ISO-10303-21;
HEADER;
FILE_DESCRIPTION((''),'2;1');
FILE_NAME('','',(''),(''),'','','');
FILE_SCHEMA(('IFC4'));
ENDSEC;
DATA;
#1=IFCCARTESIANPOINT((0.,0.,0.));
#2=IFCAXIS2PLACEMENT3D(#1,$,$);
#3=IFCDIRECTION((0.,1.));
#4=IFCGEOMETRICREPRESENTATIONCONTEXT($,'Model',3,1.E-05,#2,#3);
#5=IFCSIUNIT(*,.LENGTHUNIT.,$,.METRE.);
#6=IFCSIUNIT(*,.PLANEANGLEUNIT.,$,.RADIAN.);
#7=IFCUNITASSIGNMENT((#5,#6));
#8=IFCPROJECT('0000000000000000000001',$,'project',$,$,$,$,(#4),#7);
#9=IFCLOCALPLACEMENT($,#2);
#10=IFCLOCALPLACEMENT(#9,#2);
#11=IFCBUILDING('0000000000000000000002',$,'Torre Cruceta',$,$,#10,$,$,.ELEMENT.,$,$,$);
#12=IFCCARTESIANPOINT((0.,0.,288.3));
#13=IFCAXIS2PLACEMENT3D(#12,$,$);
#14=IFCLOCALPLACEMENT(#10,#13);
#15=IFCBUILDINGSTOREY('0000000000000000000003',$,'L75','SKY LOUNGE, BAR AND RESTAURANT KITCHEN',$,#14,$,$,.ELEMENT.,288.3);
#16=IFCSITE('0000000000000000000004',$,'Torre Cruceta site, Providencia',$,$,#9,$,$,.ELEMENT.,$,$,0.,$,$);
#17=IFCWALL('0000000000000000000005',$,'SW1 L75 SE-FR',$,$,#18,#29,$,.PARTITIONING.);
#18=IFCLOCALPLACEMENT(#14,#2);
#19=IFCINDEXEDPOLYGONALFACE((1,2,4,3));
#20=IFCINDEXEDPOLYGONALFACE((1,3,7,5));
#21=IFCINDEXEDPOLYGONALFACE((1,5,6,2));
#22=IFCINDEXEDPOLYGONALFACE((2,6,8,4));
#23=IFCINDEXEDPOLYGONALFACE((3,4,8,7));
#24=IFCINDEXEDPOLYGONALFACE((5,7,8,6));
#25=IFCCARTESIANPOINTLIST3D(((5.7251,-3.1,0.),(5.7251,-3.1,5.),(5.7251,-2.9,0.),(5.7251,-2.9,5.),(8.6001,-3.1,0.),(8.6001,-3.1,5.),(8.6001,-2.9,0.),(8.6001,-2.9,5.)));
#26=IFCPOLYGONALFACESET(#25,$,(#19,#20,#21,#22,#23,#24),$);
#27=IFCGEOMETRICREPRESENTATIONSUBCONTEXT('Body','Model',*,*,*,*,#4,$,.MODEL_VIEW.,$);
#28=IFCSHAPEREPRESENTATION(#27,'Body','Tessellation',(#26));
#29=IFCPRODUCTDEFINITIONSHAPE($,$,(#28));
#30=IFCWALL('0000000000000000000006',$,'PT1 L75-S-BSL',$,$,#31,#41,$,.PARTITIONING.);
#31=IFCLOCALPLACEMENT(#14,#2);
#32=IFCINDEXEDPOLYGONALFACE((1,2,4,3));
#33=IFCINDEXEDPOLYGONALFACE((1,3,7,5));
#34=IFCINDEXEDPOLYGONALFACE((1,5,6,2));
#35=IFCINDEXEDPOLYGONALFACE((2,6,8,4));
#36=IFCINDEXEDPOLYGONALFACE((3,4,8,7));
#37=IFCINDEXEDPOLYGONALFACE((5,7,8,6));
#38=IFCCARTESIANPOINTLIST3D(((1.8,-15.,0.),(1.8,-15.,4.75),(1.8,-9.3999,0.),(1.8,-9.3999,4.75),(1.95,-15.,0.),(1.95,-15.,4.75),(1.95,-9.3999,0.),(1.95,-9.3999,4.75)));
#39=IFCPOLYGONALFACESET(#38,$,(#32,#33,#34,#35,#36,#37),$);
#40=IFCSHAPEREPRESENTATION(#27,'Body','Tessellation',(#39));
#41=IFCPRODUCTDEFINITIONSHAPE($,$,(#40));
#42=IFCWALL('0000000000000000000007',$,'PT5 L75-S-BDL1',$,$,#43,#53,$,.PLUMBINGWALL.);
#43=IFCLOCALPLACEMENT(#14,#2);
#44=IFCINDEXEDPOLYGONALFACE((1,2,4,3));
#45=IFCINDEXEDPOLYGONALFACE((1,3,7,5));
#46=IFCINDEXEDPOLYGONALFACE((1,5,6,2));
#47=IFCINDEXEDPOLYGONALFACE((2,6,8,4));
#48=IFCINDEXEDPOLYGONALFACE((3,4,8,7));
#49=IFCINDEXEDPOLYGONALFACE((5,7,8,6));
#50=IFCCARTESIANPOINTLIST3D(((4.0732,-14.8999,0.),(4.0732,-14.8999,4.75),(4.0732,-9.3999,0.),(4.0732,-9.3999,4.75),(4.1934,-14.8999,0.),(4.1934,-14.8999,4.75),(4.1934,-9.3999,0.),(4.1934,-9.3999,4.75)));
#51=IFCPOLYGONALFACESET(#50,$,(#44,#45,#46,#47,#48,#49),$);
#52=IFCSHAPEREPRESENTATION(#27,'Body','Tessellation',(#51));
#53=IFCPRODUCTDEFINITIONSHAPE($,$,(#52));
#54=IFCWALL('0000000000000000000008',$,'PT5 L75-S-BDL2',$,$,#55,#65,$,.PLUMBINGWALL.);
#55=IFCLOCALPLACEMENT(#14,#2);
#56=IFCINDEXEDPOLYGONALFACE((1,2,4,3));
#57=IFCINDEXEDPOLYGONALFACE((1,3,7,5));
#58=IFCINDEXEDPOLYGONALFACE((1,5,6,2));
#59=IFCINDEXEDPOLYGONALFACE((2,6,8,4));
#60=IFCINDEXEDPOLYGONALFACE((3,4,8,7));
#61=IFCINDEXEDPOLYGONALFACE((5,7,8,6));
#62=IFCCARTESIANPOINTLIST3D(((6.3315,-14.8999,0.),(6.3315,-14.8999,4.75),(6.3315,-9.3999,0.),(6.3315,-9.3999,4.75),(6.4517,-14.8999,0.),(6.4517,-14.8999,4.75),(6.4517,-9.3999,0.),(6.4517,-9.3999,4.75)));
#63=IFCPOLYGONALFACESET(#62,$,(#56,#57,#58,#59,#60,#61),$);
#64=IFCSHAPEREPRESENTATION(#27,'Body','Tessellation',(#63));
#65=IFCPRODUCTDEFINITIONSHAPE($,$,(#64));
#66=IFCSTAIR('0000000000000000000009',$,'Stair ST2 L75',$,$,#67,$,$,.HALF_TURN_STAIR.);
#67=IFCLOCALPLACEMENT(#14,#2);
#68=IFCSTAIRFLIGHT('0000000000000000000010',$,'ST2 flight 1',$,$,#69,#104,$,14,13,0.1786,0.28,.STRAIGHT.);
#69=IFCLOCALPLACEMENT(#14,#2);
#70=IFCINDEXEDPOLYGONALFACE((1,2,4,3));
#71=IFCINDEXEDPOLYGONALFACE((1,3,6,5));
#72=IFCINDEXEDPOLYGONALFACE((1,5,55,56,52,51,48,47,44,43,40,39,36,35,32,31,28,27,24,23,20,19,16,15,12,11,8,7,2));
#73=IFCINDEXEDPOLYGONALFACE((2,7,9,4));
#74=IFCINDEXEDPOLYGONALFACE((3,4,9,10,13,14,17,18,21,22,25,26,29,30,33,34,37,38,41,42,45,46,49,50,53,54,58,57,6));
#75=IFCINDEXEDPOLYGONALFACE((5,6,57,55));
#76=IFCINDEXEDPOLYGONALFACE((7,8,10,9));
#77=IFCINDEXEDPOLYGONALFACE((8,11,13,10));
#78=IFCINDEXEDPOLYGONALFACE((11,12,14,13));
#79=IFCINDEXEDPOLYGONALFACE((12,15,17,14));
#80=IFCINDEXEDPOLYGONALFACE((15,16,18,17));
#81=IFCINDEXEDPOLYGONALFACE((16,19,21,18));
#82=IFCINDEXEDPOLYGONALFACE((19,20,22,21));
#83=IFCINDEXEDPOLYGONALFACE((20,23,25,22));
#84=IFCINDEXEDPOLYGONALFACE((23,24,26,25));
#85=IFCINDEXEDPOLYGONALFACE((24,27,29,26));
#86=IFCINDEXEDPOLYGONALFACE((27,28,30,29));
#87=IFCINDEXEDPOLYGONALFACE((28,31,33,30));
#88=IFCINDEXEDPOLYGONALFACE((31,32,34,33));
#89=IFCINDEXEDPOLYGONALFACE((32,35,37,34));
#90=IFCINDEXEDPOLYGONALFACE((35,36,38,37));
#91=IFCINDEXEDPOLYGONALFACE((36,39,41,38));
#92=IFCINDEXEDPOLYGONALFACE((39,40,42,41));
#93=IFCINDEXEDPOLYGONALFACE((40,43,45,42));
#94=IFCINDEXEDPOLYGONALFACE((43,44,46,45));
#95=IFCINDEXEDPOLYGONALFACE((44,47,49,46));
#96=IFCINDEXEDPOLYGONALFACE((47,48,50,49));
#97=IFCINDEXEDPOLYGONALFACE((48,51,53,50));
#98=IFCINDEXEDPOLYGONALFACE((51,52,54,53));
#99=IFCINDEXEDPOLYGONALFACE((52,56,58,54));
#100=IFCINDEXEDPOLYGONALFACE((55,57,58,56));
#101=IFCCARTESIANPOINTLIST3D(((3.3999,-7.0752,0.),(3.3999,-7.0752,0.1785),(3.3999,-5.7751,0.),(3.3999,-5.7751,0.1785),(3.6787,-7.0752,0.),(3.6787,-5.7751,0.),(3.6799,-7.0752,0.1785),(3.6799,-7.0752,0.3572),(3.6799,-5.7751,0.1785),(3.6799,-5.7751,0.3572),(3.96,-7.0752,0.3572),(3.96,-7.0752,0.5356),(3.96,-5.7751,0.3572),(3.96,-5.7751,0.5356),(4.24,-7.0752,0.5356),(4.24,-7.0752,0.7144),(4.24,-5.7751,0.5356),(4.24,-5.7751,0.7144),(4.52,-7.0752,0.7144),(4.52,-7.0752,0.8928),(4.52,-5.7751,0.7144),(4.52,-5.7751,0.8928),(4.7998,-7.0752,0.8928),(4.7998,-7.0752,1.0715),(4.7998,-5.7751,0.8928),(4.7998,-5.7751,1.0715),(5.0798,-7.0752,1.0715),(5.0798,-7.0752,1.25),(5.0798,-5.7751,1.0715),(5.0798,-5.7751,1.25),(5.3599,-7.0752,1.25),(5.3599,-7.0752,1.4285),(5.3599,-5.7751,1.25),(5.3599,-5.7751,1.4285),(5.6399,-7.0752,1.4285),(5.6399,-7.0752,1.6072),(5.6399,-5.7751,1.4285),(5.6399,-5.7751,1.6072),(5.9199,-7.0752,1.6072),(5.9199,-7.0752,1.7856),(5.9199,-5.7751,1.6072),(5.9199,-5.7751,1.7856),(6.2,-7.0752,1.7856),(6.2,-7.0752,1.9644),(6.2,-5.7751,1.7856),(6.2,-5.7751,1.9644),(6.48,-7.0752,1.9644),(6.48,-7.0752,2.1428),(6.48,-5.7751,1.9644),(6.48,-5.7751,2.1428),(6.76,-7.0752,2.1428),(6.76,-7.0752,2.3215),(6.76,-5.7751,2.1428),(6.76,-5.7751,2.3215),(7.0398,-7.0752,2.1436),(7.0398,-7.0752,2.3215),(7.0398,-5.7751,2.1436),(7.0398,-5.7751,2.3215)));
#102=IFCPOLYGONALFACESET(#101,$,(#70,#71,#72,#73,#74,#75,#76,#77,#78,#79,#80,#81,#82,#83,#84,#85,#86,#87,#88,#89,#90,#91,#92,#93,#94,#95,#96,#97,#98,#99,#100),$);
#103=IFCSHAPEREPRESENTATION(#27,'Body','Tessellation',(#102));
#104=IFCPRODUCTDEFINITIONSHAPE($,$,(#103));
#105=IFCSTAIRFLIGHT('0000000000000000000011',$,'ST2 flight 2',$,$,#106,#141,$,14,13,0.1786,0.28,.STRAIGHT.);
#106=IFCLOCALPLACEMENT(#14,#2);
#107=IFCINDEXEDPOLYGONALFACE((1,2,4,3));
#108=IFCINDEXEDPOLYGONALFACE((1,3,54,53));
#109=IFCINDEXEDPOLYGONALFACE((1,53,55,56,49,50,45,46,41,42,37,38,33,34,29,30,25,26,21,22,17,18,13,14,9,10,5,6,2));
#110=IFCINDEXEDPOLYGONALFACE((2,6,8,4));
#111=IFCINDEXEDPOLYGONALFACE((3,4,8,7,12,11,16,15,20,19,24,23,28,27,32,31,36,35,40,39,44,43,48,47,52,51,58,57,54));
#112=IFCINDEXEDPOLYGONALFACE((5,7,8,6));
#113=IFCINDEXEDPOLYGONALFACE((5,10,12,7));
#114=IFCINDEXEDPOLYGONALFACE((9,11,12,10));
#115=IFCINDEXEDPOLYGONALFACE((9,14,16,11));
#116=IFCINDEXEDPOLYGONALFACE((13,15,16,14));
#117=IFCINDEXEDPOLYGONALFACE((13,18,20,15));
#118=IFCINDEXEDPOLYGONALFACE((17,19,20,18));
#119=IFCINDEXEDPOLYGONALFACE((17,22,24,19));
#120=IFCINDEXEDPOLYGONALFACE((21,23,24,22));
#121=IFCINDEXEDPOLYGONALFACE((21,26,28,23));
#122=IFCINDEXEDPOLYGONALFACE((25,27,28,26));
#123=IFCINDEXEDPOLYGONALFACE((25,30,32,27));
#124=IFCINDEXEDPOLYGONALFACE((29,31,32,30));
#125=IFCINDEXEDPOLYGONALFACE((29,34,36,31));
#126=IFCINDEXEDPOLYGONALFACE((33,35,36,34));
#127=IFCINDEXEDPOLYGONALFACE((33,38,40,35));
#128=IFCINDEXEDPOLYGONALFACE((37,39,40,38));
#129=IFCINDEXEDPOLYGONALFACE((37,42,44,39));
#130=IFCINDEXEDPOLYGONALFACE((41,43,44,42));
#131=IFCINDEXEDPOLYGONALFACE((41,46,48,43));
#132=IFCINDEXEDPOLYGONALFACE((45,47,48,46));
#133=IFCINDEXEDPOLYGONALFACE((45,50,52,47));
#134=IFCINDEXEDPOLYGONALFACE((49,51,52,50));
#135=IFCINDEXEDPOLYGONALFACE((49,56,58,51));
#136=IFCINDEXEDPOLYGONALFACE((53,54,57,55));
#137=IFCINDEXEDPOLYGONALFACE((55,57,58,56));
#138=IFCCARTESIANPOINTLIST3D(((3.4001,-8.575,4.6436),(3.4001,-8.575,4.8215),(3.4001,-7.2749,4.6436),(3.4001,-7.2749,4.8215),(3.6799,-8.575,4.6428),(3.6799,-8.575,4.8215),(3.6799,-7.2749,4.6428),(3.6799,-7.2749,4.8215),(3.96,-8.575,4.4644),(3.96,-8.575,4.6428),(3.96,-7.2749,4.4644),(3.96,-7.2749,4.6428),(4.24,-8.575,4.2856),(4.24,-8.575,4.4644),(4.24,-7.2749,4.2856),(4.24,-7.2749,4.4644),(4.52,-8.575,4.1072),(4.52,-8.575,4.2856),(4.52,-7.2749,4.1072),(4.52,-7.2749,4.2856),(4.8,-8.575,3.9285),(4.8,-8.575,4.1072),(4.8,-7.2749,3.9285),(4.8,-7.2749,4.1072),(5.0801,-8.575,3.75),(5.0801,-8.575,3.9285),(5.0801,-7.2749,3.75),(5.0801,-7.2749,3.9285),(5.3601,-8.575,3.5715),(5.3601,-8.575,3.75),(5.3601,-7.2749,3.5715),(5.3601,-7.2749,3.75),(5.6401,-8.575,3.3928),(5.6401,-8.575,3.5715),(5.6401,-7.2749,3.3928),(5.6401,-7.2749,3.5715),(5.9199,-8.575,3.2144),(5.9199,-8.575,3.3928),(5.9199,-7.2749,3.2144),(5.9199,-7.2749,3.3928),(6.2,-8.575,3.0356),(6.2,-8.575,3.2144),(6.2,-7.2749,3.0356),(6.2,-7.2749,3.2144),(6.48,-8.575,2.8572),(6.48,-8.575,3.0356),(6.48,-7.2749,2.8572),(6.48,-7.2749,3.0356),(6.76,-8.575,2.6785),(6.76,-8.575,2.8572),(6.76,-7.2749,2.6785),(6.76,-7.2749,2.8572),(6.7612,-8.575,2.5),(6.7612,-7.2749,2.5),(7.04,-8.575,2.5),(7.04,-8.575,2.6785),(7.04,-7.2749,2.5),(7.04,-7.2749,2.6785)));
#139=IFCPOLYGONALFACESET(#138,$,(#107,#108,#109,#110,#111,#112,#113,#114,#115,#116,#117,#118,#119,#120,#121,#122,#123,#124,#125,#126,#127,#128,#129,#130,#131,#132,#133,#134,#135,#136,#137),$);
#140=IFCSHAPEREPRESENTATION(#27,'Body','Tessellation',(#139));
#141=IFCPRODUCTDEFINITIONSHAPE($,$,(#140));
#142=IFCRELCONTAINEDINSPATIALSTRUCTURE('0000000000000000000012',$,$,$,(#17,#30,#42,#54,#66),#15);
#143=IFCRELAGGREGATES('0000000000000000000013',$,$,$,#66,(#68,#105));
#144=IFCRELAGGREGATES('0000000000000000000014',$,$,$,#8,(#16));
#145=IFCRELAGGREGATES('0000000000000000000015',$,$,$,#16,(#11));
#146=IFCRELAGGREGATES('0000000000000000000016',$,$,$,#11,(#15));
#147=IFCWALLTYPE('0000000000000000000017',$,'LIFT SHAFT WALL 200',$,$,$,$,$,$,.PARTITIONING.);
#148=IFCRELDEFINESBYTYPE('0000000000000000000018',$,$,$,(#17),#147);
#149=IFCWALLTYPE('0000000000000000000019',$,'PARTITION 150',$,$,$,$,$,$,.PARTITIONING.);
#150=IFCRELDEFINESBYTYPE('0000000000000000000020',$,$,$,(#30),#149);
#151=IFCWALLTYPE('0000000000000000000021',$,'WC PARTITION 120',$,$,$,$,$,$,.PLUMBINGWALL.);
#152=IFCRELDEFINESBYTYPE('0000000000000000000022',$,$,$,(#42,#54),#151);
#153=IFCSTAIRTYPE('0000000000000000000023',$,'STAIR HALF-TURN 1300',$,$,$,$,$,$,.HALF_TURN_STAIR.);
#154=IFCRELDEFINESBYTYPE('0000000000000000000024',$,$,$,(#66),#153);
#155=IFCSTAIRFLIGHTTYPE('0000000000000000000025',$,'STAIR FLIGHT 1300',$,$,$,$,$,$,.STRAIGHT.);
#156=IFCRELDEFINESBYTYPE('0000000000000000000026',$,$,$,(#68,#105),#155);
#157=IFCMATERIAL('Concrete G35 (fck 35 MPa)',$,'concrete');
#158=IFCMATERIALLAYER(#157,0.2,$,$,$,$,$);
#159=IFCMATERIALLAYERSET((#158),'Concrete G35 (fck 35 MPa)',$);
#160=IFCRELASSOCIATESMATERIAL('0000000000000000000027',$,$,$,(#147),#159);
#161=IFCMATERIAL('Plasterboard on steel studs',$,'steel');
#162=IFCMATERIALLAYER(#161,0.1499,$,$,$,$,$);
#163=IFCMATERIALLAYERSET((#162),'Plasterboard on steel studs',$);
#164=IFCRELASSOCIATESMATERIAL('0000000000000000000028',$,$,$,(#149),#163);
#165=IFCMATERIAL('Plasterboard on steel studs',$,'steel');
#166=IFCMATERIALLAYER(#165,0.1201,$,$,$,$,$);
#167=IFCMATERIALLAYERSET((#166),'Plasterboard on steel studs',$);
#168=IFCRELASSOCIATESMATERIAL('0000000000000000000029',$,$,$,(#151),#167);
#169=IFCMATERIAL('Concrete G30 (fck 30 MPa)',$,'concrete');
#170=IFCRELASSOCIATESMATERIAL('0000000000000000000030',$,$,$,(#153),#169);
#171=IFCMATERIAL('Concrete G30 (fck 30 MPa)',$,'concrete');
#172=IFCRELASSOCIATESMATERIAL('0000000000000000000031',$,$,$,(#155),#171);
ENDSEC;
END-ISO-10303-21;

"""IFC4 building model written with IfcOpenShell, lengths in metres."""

from ifc_helpers import new_model, si_unit, direction, frame, frame_2d, origin, place, context, subcontext, project, spatial, polyline, rectangle, outline, extrude, material, layer, layer_set, type_object, element, aggregate, save


model = new_model("IFC4")

# Units and contexts
model_context = context("Model", 3, precision=1e-05, world=origin(), true_north=direction((0.0, 1.0)))
body_context = subcontext(model_context, "Body", "Model", "MODEL_VIEW")
ifc_project = project(units=[si_unit("LENGTHUNIT", "METRE"), si_unit("PLANEANGLEUNIT", "RADIAN")], contexts=[model_context])

# Site, building, storey
site_placement = place(None, origin())
site = spatial("IfcSite", under=ifc_project, at=site_placement, Name="Torre Cruceta site, Providencia", CompositionType="ELEMENT", RefElevation=0.0)
building_placement = place(site_placement, origin())
building = spatial("IfcBuilding", under=site, at=building_placement, Name="Torre Cruceta", CompositionType="ELEMENT")
storey_placement = place(building_placement, frame((0.0, 0.0, 288.3)))
storey = spatial("IfcBuildingStorey", under=building, at=storey_placement, Name="L75", Description="SKY LOUNGE, BAR AND RESTAURANT KITCHEN", CompositionType="ELEMENT", Elevation=288.3)

# Walls
ifc_material_1 = material(Name="Concrete G35 (fck 35 MPa)", Category="concrete")
ifc_layer_1 = layer(ifc_material_1, 0.2)
ifc_layer_set_1 = layer_set([ifc_layer_1], Name="Concrete G35 (fck 35 MPa)")
wall_type_1 = type_object("IfcWallType", Name="LIFT SHAFT WALL 200", PredefinedType="PARTITIONING", material=ifc_layer_set_1)
wall_1_placement = place(storey_placement, frame((5.7251, -3.0, 0.0), z_axis=(0.0, 0.0, 1.0), x_axis=(1.0, 0.0, 0.0)))
element("IfcWall", 1, at=wall_1_placement, inside=storey, type_object=wall_type_1, Name="SW1 L75 SE-FR", PredefinedType="PARTITIONING", context=body_context, shape_type="SweptSolid", body=[
    extrude(rectangle(XDim=2.875, YDim=0.2, at=frame_2d((1.4375, 0.0))), origin(), (0.0, 0.0, 1.0), 5.0),
])
ifc_material_2 = material(Name="Plasterboard on steel studs", Category="steel")
ifc_layer_2 = layer(ifc_material_2, 0.1499)
ifc_layer_set_2 = layer_set([ifc_layer_2], Name="Plasterboard on steel studs")
wall_type_2 = type_object("IfcWallType", Name="PARTITION 150", PredefinedType="PARTITIONING", material=ifc_layer_set_2)
wall_2_placement = place(storey_placement, frame((1.875, -9.3999, 0.0), z_axis=(0.0, 0.0, 1.0), x_axis=(0.0, -1.0, 0.0)))
element("IfcWall", 2, at=wall_2_placement, inside=storey, type_object=wall_type_2, Name="PT1 L75-S-BSL", PredefinedType="PARTITIONING", context=body_context, shape_type="SweptSolid", body=[
    extrude(rectangle(XDim=5.6001, YDim=0.1499, at=frame_2d((2.8, 0.0))), origin(), (0.0, 0.0, 1.0), 4.75),
])
ifc_material_3 = material(Name="Plasterboard on steel studs", Category="steel")
ifc_layer_3 = layer(ifc_material_3, 0.1201)
ifc_layer_set_3 = layer_set([ifc_layer_3], Name="Plasterboard on steel studs")
wall_type_3 = type_object("IfcWallType", Name="WC PARTITION 120", PredefinedType="PLUMBINGWALL", material=ifc_layer_set_3)
for number, where, z_axis, x_axis, name in (
    (3, (4.1333, -9.3999, 0.0), (0.0, 0.0, 1.0), (0.0, -1.0, 0.0), "PT5 L75-S-BDL1"),
    (4, (6.3916, -9.3999, 0.0), (0.0, 0.0, 1.0), (0.0, -1.0, 0.0), "PT5 L75-S-BDL2"),
):
    element("IfcWall", number, at=place(storey_placement, frame(where, z_axis=z_axis, x_axis=x_axis)), inside=storey, type_object=wall_type_3, Name=name, PredefinedType="PLUMBINGWALL", context=body_context, shape_type="SweptSolid", body=[
        extrude(rectangle(XDim=5.5, YDim=0.1201, at=frame_2d((2.75, 0.0))), origin(), (0.0, 0.0, 1.0), 4.75),
    ])

# Stair, stair flights
ifc_material_4 = material(Name="Concrete G30 (fck 30 MPa)", Category="concrete")
stair_type = type_object("IfcStairType", Name="STAIR HALF-TURN 1300", PredefinedType="HALF_TURN_STAIR", material=ifc_material_4)
stair_placement = place(storey_placement, origin())
stair = element("IfcStair", 5, at=stair_placement, inside=storey, type_object=stair_type, Name="Stair ST2 L75", PredefinedType="HALF_TURN_STAIR")
ifc_material_5 = material(Name="Concrete G30 (fck 30 MPa)", Category="concrete")
stair_flight_type = type_object("IfcStairFlightType", Name="STAIR FLIGHT 1300", PredefinedType="STRAIGHT", material=ifc_material_5)
stair_flight_1_placement = place(storey_placement, frame((3.3999, -6.425, 0.0), z_axis=(0.0, 0.0, 1.0), x_axis=(1.0, 0.0, 0.0)))
stair_flight_1 = element("IfcStairFlight", 6, at=stair_flight_1_placement, type_object=stair_flight_type, Name="ST2 flight 1", NumberOfRisers=14, NumberOfTreads=13, PredefinedType="STRAIGHT", RiserHeight=0.1786, TreadLength=0.28, context=body_context, shape_type="SweptSolid", body=[
    extrude(outline(polyline([(0.0, 0.0), (0.0, 0.1785), (0.28, 0.1785), (0.28, 0.3572), (0.5601, 0.3572), (0.5601, 0.5356), (0.8401, 0.5356), (0.8401, 0.7144), (1.1201, 0.7144), (1.1201, 0.8928), (1.3999, 0.8928), (1.3999, 1.0715), (1.6799, 1.0715), (1.6799, 1.25), (1.96, 1.25), (1.96, 1.4285), (2.24, 1.4285), (2.24, 1.6072), (2.52, 1.6072), (2.52, 1.7856), (2.8, 1.7856), (2.8, 1.9644), (3.0801, 1.9644), (3.0801, 2.1428), (3.3601, 2.1428), (3.3601, 2.3215), (3.6399, 2.3215), (3.6399, 2.5), (3.6399, 2.1436), (0.2788, 0.0), (0.0, 0.0)])), frame((0.0, 0.6499, 0.0), z_axis=(0.0, -1.0, 0.0), x_axis=(1.0, 0.0, 0.0)), (0.0, 0.0, 1.0), 1.3),
])
stair_flight_2_placement = place(storey_placement, frame((7.04, -7.925, 2.5), z_axis=(0.0, 0.0, 1.0), x_axis=(-1.0, 0.0, 0.0)))
stair_flight_2 = element("IfcStairFlight", 7, at=stair_flight_2_placement, type_object=stair_flight_type, Name="ST2 flight 2", NumberOfRisers=14, NumberOfTreads=13, PredefinedType="STRAIGHT", RiserHeight=0.1786, TreadLength=0.28, context=body_context, shape_type="SweptSolid", body=[
    extrude(outline(polyline([(0.0, 0.0), (0.0, 0.1785), (0.28, 0.1785), (0.28, 0.3572), (0.5601, 0.3572), (0.5601, 0.5356), (0.8401, 0.5356), (0.8401, 0.7144), (1.1201, 0.7144), (1.1201, 0.8928), (1.3999, 0.8928), (1.3999, 1.0715), (1.6799, 1.0715), (1.6799, 1.25), (1.96, 1.25), (1.96, 1.4285), (2.24, 1.4285), (2.24, 1.6072), (2.52, 1.6072), (2.52, 1.7856), (2.8, 1.7856), (2.8, 1.9644), (3.0801, 1.9644), (3.0801, 2.1428), (3.3601, 2.1428), (3.3601, 2.3215), (3.6399, 2.3215), (3.6399, 2.5), (3.6399, 2.1436), (0.2788, 0.0), (0.0, 0.0)])), frame((0.0, 0.6499, 0.0), z_axis=(0.0, -1.0, 0.0), x_axis=(1.0, 0.0, 0.0)), (0.0, 0.0, 1.0), 1.3),
])
aggregate(stair, [stair_flight_1, stair_flight_2])

save(model, "model.ifc")
